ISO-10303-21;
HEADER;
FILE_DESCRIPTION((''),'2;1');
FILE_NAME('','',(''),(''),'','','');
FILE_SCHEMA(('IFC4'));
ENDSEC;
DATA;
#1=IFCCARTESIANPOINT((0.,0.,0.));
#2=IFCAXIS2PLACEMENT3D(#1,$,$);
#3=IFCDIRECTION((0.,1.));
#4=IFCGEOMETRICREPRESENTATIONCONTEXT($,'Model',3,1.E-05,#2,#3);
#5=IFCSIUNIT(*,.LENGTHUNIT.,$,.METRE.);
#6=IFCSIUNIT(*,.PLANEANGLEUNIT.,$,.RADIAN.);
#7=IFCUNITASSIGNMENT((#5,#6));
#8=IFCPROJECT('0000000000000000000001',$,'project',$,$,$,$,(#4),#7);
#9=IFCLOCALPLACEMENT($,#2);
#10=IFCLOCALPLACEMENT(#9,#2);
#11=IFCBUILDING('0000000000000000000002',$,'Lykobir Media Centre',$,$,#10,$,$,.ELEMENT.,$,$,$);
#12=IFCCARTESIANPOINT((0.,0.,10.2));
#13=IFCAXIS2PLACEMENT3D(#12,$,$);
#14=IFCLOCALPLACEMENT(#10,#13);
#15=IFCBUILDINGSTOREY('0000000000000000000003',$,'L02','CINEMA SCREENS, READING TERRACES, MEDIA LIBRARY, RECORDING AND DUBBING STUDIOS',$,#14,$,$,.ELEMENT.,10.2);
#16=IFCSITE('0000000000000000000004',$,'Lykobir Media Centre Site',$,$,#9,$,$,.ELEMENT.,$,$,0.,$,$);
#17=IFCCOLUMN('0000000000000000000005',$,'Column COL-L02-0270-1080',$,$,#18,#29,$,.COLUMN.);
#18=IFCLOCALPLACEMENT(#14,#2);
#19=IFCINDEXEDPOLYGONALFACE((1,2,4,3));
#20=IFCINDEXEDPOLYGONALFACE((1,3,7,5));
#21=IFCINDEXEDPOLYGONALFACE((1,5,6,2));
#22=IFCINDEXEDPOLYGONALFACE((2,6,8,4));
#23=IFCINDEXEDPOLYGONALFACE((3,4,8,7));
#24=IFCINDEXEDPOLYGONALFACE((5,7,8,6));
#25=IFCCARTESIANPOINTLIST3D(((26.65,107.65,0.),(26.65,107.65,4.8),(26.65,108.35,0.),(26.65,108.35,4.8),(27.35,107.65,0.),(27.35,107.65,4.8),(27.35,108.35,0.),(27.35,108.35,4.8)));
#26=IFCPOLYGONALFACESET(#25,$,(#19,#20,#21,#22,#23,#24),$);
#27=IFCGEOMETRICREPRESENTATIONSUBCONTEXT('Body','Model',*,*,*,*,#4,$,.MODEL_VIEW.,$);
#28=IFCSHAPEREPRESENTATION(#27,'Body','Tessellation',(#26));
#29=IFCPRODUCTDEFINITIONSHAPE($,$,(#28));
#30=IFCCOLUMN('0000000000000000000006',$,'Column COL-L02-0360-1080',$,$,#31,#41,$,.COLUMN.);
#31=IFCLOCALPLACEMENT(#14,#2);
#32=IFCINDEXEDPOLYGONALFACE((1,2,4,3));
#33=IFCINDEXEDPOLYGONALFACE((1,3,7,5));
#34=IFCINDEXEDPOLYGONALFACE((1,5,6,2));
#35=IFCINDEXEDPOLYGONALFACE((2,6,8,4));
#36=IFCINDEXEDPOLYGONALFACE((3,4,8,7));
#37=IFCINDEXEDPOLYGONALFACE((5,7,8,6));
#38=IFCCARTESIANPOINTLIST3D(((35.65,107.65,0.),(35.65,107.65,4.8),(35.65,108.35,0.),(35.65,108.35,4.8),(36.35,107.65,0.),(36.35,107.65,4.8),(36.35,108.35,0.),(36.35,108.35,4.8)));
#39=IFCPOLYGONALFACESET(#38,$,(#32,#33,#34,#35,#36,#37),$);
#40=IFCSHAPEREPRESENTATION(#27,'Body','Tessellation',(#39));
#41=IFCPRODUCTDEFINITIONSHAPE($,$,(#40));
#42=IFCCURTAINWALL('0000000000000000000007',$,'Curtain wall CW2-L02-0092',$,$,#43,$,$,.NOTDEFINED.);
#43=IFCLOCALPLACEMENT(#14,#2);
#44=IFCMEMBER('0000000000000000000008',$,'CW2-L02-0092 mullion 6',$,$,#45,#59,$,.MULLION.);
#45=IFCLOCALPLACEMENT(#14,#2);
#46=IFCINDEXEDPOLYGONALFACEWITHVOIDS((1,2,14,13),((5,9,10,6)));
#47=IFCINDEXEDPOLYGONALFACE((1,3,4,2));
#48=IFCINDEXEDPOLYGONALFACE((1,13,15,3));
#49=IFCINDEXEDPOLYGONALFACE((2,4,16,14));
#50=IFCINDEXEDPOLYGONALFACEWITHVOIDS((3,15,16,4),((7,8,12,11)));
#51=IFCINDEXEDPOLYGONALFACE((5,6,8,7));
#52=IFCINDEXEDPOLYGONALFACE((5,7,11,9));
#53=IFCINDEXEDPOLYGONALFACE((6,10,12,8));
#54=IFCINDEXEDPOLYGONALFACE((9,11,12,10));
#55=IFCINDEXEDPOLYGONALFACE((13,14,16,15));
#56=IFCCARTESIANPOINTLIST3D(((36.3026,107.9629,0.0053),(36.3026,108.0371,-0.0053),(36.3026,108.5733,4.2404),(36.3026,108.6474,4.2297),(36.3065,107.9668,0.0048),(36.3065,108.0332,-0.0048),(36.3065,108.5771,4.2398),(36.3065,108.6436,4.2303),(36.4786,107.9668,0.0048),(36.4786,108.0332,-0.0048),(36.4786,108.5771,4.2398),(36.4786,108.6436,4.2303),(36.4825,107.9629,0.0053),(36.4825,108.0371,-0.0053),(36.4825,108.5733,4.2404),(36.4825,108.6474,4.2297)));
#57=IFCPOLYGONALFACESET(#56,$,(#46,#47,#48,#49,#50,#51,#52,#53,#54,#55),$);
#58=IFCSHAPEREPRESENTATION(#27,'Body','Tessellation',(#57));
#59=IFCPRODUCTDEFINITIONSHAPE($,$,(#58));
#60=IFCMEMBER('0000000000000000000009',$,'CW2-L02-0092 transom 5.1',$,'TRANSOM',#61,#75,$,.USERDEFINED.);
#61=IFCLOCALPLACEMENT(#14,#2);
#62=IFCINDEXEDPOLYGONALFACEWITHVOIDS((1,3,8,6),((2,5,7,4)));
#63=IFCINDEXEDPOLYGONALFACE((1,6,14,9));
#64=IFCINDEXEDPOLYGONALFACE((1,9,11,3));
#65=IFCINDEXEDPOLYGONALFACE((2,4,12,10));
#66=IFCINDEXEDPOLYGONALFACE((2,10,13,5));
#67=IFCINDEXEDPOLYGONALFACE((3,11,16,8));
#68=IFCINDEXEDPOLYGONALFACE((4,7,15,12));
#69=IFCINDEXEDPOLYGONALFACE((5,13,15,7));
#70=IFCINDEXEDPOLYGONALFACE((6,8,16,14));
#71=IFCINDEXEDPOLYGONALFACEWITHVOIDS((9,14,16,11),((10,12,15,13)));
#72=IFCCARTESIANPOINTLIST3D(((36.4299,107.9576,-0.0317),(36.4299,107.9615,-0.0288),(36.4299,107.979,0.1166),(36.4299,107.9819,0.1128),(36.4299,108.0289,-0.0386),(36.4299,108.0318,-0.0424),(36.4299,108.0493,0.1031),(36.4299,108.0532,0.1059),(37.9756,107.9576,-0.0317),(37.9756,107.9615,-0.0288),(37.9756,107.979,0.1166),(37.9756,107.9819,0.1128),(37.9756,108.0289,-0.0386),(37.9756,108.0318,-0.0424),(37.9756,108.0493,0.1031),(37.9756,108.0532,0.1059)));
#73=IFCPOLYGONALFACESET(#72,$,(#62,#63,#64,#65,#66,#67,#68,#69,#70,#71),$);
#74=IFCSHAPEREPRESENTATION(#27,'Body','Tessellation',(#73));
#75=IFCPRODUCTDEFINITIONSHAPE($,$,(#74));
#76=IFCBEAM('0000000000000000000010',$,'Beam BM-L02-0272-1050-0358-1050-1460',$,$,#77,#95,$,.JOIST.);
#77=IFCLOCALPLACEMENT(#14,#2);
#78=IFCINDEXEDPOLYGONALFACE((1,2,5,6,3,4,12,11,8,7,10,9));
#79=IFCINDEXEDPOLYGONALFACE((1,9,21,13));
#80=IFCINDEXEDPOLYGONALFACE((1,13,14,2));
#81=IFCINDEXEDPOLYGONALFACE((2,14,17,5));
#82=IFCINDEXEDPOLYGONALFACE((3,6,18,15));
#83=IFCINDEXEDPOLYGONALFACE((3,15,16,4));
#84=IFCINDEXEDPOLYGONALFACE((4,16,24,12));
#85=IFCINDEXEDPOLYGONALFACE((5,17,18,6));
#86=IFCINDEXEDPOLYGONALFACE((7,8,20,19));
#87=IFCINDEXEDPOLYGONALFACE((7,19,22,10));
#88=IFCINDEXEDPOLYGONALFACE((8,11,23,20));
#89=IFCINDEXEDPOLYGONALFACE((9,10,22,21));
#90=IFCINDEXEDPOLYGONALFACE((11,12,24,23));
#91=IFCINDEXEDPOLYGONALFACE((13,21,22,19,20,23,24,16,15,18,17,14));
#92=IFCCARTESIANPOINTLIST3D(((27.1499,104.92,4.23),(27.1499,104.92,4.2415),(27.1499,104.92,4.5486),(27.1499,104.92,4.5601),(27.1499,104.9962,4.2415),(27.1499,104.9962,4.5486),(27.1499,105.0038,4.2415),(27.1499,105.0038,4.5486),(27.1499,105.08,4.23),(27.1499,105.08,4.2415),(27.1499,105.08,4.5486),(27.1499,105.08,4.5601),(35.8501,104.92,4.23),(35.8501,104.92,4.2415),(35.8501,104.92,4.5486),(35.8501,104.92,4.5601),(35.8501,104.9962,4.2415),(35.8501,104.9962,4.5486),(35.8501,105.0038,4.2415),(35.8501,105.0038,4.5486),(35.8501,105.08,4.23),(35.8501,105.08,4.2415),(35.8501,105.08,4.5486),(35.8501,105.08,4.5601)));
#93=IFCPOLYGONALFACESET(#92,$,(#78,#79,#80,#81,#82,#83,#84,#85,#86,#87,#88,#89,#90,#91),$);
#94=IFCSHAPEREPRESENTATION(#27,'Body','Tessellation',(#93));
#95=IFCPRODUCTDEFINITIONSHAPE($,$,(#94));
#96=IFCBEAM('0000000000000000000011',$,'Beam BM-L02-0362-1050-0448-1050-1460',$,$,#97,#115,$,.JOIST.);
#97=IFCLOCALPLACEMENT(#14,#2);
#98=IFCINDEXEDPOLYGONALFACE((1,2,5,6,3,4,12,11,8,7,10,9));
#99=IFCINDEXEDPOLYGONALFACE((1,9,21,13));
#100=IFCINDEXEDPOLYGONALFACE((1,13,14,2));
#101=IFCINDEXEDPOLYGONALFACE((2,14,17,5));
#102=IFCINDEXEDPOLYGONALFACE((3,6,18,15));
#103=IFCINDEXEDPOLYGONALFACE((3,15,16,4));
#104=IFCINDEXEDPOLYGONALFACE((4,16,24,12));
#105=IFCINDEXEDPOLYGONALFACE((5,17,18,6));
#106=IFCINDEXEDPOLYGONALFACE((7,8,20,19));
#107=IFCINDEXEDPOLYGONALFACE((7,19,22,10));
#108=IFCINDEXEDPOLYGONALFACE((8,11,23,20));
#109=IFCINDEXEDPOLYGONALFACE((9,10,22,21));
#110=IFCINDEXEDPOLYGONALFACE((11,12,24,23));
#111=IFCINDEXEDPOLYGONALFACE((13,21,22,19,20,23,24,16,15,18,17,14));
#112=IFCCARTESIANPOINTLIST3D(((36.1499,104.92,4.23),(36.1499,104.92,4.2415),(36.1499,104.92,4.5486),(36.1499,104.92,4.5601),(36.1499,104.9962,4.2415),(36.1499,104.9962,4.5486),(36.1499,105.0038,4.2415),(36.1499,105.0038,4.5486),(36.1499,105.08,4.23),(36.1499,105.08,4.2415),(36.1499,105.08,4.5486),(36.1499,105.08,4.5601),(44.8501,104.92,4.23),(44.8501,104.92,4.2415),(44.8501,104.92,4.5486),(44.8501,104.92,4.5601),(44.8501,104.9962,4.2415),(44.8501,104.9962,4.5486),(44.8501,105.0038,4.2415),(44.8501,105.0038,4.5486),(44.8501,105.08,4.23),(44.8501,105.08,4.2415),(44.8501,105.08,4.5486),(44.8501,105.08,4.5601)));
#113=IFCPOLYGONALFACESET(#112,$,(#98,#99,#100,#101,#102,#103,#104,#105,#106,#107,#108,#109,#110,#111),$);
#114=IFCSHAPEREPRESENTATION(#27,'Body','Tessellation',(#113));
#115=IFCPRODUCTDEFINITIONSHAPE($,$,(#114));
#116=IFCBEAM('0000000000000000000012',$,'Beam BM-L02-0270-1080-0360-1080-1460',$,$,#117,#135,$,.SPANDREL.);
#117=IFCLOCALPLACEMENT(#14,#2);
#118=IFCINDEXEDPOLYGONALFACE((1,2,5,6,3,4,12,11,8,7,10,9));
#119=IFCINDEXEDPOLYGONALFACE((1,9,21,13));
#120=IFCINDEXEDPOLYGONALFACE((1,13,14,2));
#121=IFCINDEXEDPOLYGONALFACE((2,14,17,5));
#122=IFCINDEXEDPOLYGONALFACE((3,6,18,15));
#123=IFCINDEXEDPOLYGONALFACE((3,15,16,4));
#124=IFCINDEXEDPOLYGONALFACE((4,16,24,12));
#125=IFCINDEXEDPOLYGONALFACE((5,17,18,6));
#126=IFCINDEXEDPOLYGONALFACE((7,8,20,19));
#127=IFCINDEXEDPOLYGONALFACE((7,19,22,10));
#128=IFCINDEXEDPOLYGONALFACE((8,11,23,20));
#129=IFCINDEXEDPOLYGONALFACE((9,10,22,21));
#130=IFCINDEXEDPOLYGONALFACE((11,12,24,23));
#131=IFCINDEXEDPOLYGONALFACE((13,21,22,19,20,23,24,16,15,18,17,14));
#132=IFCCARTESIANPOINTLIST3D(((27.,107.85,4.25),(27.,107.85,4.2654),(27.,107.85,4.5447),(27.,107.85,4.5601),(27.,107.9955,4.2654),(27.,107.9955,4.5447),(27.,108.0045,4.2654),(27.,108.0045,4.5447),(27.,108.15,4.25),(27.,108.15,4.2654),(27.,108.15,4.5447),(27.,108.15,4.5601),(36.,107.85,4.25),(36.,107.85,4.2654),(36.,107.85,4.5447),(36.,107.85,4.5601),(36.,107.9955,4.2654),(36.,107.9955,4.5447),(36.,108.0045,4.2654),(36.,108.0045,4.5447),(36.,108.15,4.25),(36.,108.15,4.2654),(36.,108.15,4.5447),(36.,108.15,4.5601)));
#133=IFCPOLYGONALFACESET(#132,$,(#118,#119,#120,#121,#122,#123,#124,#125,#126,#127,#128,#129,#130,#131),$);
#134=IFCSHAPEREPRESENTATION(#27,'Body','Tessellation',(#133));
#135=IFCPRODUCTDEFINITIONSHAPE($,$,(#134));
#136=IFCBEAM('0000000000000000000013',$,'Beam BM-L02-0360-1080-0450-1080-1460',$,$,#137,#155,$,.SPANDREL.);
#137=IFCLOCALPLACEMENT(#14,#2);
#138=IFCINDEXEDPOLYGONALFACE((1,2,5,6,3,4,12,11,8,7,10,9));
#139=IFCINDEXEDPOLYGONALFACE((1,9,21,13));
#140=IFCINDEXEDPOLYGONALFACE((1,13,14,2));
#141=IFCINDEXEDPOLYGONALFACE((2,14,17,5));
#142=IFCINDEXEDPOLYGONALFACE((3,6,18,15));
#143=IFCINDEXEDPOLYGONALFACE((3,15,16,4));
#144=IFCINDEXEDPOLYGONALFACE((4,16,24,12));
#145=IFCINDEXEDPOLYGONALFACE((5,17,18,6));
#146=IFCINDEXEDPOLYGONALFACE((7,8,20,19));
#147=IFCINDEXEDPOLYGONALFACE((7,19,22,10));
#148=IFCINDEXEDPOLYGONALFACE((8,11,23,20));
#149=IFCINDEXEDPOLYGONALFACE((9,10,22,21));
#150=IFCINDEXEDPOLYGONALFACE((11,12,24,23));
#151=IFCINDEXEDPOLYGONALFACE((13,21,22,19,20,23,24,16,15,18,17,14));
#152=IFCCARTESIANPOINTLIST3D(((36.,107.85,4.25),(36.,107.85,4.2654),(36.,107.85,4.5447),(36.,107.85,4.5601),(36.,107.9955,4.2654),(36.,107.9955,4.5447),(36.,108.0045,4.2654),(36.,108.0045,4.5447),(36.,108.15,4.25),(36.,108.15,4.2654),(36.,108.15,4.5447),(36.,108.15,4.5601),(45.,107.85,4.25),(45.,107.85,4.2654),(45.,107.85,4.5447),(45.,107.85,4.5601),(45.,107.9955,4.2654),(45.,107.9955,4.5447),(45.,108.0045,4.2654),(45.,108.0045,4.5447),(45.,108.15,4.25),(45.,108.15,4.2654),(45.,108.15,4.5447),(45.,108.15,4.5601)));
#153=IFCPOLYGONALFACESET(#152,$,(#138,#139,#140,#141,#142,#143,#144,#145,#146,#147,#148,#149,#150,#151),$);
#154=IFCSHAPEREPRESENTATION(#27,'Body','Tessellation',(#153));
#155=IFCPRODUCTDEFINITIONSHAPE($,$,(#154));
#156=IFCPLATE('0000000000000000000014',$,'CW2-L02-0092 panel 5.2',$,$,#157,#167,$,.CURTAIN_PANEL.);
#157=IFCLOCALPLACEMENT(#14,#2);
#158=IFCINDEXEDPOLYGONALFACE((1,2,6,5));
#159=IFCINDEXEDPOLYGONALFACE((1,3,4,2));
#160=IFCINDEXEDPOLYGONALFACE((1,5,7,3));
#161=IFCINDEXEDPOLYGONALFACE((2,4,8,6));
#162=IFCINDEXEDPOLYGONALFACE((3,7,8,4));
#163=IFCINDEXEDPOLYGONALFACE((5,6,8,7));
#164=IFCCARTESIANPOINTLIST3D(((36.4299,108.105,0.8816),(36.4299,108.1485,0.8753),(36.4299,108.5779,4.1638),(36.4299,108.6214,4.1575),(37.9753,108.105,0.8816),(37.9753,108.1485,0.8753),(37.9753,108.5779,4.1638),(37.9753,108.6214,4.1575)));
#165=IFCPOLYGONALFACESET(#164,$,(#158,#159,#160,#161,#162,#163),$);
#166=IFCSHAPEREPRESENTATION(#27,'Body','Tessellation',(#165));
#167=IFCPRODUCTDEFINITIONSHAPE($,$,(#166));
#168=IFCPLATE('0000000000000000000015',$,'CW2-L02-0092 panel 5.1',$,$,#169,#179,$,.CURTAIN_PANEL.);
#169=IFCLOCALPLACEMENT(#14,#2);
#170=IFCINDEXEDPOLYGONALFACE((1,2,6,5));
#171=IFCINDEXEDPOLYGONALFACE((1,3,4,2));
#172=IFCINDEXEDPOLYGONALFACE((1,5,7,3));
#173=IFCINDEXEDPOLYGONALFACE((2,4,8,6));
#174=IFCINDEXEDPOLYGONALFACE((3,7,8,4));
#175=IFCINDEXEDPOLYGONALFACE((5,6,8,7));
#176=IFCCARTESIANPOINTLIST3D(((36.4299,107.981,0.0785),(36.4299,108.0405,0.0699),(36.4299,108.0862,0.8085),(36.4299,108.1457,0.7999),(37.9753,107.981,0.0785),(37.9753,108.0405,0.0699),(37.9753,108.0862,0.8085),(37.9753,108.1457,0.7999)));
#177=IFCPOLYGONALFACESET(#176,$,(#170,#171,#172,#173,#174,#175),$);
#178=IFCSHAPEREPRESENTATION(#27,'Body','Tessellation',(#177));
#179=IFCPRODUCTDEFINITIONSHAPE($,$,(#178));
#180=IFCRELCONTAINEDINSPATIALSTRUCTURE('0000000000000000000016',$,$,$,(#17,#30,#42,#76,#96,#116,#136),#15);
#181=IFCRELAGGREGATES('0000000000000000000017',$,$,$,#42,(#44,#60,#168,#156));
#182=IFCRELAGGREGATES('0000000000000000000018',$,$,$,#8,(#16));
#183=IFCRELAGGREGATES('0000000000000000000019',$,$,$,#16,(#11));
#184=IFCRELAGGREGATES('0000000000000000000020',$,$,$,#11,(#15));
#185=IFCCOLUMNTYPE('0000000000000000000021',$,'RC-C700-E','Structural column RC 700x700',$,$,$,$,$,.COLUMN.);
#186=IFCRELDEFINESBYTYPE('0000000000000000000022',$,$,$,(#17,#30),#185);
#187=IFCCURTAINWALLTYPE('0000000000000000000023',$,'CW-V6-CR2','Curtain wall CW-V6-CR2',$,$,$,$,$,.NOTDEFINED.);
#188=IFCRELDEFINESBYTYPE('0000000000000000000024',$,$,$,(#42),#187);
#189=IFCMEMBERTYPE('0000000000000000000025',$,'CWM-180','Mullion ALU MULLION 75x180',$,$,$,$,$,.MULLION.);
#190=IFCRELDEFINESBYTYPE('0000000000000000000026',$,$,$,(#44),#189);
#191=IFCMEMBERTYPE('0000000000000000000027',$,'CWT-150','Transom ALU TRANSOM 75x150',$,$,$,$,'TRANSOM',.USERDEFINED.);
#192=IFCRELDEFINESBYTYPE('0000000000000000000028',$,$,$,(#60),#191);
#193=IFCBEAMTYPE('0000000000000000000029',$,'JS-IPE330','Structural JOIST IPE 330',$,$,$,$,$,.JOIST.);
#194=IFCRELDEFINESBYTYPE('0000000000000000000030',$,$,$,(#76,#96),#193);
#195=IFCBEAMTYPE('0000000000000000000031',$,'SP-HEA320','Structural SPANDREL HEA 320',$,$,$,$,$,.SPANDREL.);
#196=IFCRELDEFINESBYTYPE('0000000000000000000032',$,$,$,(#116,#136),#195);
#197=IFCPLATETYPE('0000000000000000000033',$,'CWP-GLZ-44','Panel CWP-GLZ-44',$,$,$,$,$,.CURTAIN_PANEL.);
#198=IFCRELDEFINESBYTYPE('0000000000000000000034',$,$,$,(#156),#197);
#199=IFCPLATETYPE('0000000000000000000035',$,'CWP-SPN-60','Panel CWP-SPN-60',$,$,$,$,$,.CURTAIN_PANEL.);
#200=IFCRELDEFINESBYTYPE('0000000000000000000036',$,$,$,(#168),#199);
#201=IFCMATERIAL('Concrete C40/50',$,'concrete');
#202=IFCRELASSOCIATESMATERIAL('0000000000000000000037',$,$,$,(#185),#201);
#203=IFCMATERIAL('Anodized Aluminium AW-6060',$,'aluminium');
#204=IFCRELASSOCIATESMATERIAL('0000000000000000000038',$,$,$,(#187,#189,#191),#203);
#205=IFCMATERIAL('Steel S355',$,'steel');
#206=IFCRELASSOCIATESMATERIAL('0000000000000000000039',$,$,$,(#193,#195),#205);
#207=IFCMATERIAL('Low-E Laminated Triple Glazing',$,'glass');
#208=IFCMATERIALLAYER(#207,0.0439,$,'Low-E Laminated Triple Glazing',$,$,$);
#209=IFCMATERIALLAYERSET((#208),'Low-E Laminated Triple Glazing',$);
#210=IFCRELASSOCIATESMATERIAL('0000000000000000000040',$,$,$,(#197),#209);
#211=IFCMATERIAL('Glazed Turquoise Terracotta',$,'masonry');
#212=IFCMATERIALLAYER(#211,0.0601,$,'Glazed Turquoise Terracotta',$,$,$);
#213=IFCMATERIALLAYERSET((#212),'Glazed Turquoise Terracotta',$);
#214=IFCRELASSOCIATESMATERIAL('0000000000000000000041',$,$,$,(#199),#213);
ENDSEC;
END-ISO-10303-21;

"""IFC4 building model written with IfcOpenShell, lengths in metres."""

from ifc_helpers import new_model, si_unit, direction, frame, origin, origin_2d, place, context, subcontext, project, spatial, rectangle, hollow_rectangle, i_section, extrude, material, layer, layer_set, material_profile, profile_set, type_object, element, aggregate, save


model = new_model("IFC4")

# Units and contexts
model_context = context("Model", 3, precision=1e-05, world=origin(), true_north=direction((0.0, 1.0)))
body_context = subcontext(model_context, "Body", "Model", "MODEL_VIEW")
ifc_project = project(units=[si_unit("LENGTHUNIT", "METRE"), si_unit("PLANEANGLEUNIT", "RADIAN")], contexts=[model_context])

# Site, building, storey
site_placement = place(None, origin())
site = spatial("IfcSite", under=ifc_project, at=site_placement, Name="Lykobir Media Centre Site", CompositionType="ELEMENT", RefElevation=0.0)
building_placement = place(site_placement, origin())
building = spatial("IfcBuilding", under=site, at=building_placement, Name="Lykobir Media Centre", CompositionType="ELEMENT")
storey_placement = place(building_placement, frame((0.0, 0.0, 10.2)))
storey = spatial("IfcBuildingStorey", under=building, at=storey_placement, Name="L02", Description="CINEMA SCREENS, READING TERRACES, MEDIA LIBRARY, RECORDING AND DUBBING STUDIOS", CompositionType="ELEMENT", Elevation=10.2)

# Columns
ifc_material_1 = material(Name="Concrete C40/50", Category="concrete")
ifc_material_profile_1 = material_profile(ifc_material_1, rectangle(XDim=0.7, YDim=0.7, at=origin_2d()), Name="RC 700x700")
ifc_profile_set_1 = profile_set([ifc_material_profile_1], Name="Concrete C40/50")
column_type = type_object("IfcColumnType", Name="RC-C700-E", Description="Structural column RC 700x700", PredefinedType="COLUMN", material=ifc_profile_set_1)
for number, where, z_axis, x_axis, name in (
    (1, (27.0, 108.0, 0.0), (0.0, 0.0, 1.0), (1.0, 0.0, 0.0), "Column COL-L02-0270-1080"),
    (2, (36.0, 108.0, 0.0), (0.0, 0.0, 1.0), (1.0, 0.0, 0.0), "Column COL-L02-0360-1080"),
):
    element("IfcColumn", number, at=place(storey_placement, frame(where, z_axis=z_axis, x_axis=x_axis)), inside=storey, type_object=column_type, Name=name, PredefinedType="COLUMN", context=body_context, shape_type="SweptSolid", body=[
        extrude(rectangle(XDim=0.7, YDim=0.7, at=origin_2d()), origin(), (0.0, 0.0, 1.0), 4.8),
    ])

# Curtain wall, members
ifc_material_2 = material(Name="Anodized Aluminium AW-6060", Category="aluminium")
curtain_wall_type = type_object("IfcCurtainWallType", Name="CW-V6-CR2", Description="Curtain wall CW-V6-CR2", PredefinedType="NOTDEFINED", material=ifc_material_2)
curtain_wall_placement = place(storey_placement, origin())
curtain_wall = element("IfcCurtainWall", 3, at=curtain_wall_placement, inside=storey, type_object=curtain_wall_type, Name="Curtain wall CW2-L02-0092", PredefinedType="NOTDEFINED")
ifc_material_profile_2 = material_profile(ifc_material_2, hollow_rectangle(XDim=0.075, YDim=0.1799, WallThickness=0.0039, at=origin_2d()), Name="ALU MULLION 75x180")
ifc_profile_set_2 = profile_set([ifc_material_profile_2], Name="Anodized Aluminium AW-6060")
member_type_1 = type_object("IfcMemberType", Name="CWM-180", Description="Mullion ALU MULLION 75x180", PredefinedType="MULLION", material=ifc_profile_set_2)
member_1_placement = place(storey_placement, frame((36.3926, 108.0, 0.0), z_axis=(0.0, 0.142643, 0.989774), x_axis=(0.0, 0.989774, -0.142643)))
member_1 = element("IfcMember", 4, at=member_1_placement, type_object=member_type_1, Name="CW2-L02-0092 mullion 6", PredefinedType="MULLION", context=body_context, shape_type="SweptSolid", body=[
    extrude(hollow_rectangle(XDim=0.075, YDim=0.1799, WallThickness=0.0039, at=origin_2d()), origin(), (0.0, 0.0, 1.0), 4.2788),
])
ifc_material_profile_3 = material_profile(ifc_material_2, hollow_rectangle(XDim=0.075, YDim=0.1499, WallThickness=0.0034, at=origin_2d()), Name="ALU TRANSOM 75x150")
ifc_profile_set_3 = profile_set([ifc_material_profile_3], Name="Anodized Aluminium AW-6060")
member_type_2 = type_object("IfcMemberType", Name="CWT-150", Description="Transom ALU TRANSOM 75x150", ElementType="TRANSOM", PredefinedType="USERDEFINED", material=ifc_profile_set_3)
member_2_placement = place(storey_placement, frame((37.9756, 108.0054, 0.0371), z_axis=(-1.0, 0.0, 0.0), x_axis=(0.0, -0.989776, 0.142629)))
member_2 = element("IfcMember", 5, at=member_2_placement, type_object=member_type_2, Name="CW2-L02-0092 transom 5.1", ObjectType="TRANSOM", PredefinedType="USERDEFINED", context=body_context, shape_type="SweptSolid", body=[
    extrude(hollow_rectangle(XDim=0.075, YDim=0.1499, WallThickness=0.0034, at=origin_2d()), origin(), (0.0, 0.0, 1.0), 1.5457),
])

# Beams
ifc_material_3 = material(Name="Steel S355", Category="steel")
ifc_material_profile_4 = material_profile(ifc_material_3, i_section(OverallWidth=0.1599, OverallDepth=0.3301, WebThickness=0.0076, FlangeThickness=0.0115, at=origin_2d()), Name="IPE 330")
ifc_profile_set_4 = profile_set([ifc_material_profile_4], Name="Steel S355")
beam_type_1 = type_object("IfcBeamType", Name="JS-IPE330", Description="Structural JOIST IPE 330", PredefinedType="JOIST", material=ifc_profile_set_4)
for number, where, z_axis, x_axis, name in (
    (6, (27.1499, 105.0, 4.395), (1.0, 0.0, 0.0), (0.0, 1.0, 0.0), "Beam BM-L02-0272-1050-0358-1050-1460"),
    (7, (36.1499, 105.0, 4.395), (1.0, 0.0, 0.0), (0.0, 1.0, 0.0), "Beam BM-L02-0362-1050-0448-1050-1460"),
):
    element("IfcBeam", number, at=place(storey_placement, frame(where, z_axis=z_axis, x_axis=x_axis)), inside=storey, type_object=beam_type_1, Name=name, PredefinedType="JOIST", context=body_context, shape_type="SweptSolid", body=[
        extrude(i_section(OverallWidth=0.1599, OverallDepth=0.3301, WebThickness=0.0076, FlangeThickness=0.0115, at=origin_2d()), origin(), (0.0, 0.0, 1.0), 8.7002),
    ])
ifc_material_profile_5 = material_profile(ifc_material_3, i_section(OverallWidth=0.3, OverallDepth=0.3101, WebThickness=0.009, FlangeThickness=0.0154, at=origin_2d()), Name="HEA 320")
ifc_profile_set_5 = profile_set([ifc_material_profile_5], Name="Steel S355")
beam_type_2 = type_object("IfcBeamType", Name="SP-HEA320", Description="Structural SPANDREL HEA 320", PredefinedType="SPANDREL", material=ifc_profile_set_5)
for number, where, z_axis, x_axis, name in (
    (8, (27.0, 108.0, 4.405), (1.0, 0.0, 0.0), (0.0, 1.0, 0.0), "Beam BM-L02-0270-1080-0360-1080-1460"),
    (9, (36.0, 108.0, 4.405), (1.0, 0.0, 0.0), (0.0, 1.0, 0.0), "Beam BM-L02-0360-1080-0450-1080-1460"),
):
    element("IfcBeam", number, at=place(storey_placement, frame(where, z_axis=z_axis, x_axis=x_axis)), inside=storey, type_object=beam_type_2, Name=name, PredefinedType="SPANDREL", context=body_context, shape_type="SweptSolid", body=[
        extrude(i_section(OverallWidth=0.3, OverallDepth=0.3101, WebThickness=0.009, FlangeThickness=0.0154, at=origin_2d()), origin(), (0.0, 0.0, 1.0), 9.0),
    ])

# Plates
ifc_material_4 = material(Name="Low-E Laminated Triple Glazing", Category="glass")
ifc_layer_1 = layer(ifc_material_4, 0.0439, Name="Low-E Laminated Triple Glazing")
ifc_layer_set_1 = layer_set([ifc_layer_1], Name="Low-E Laminated Triple Glazing")
plate_type_1 = type_object("IfcPlateType", Name="CWP-GLZ-44", Description="Panel CWP-GLZ-44", PredefinedType="CURTAIN_PANEL", material=ifc_layer_set_1)
plate_1_placement = place(storey_placement, frame((37.2026, 108.1267, 0.8784), z_axis=(0.0, 0.142629, 0.989776), x_axis=(-1.0, 0.0, 0.0)))
plate_1 = element("IfcPlate", 10, at=plate_1_placement, type_object=plate_type_1, Name="CW2-L02-0092 panel 5.2", PredefinedType="CURTAIN_PANEL", context=body_context, shape_type="SweptSolid", body=[
    extrude(rectangle(XDim=1.5454, YDim=0.0439, at=origin_2d()), origin(), (0.0, 0.0, 1.0), 3.3162),
])
ifc_material_5 = material(Name="Glazed Turquoise Terracotta", Category="masonry")
ifc_layer_2 = layer(ifc_material_5, 0.0601, Name="Glazed Turquoise Terracotta")
ifc_layer_set_2 = layer_set([ifc_layer_2], Name="Glazed Turquoise Terracotta")
plate_type_2 = type_object("IfcPlateType", Name="CWP-SPN-60", Description="Panel CWP-SPN-60", PredefinedType="CURTAIN_PANEL", material=ifc_layer_set_2)
plate_2_placement = place(storey_placement, frame((37.2026, 108.0107, 0.0742), z_axis=(0.0, 0.142629, 0.989776), x_axis=(-1.0, 0.0, 0.0)))
plate_2 = element("IfcPlate", 11, at=plate_2_placement, type_object=plate_type_2, Name="CW2-L02-0092 panel 5.1", PredefinedType="CURTAIN_PANEL", context=body_context, shape_type="SweptSolid", body=[
    extrude(rectangle(XDim=1.5454, YDim=0.0601, at=origin_2d()), origin(), (0.0, 0.0, 1.0), 0.7375),
])
aggregate(curtain_wall, [member_1, member_2, plate_2, plate_1])

save(model, "model.ifc")
